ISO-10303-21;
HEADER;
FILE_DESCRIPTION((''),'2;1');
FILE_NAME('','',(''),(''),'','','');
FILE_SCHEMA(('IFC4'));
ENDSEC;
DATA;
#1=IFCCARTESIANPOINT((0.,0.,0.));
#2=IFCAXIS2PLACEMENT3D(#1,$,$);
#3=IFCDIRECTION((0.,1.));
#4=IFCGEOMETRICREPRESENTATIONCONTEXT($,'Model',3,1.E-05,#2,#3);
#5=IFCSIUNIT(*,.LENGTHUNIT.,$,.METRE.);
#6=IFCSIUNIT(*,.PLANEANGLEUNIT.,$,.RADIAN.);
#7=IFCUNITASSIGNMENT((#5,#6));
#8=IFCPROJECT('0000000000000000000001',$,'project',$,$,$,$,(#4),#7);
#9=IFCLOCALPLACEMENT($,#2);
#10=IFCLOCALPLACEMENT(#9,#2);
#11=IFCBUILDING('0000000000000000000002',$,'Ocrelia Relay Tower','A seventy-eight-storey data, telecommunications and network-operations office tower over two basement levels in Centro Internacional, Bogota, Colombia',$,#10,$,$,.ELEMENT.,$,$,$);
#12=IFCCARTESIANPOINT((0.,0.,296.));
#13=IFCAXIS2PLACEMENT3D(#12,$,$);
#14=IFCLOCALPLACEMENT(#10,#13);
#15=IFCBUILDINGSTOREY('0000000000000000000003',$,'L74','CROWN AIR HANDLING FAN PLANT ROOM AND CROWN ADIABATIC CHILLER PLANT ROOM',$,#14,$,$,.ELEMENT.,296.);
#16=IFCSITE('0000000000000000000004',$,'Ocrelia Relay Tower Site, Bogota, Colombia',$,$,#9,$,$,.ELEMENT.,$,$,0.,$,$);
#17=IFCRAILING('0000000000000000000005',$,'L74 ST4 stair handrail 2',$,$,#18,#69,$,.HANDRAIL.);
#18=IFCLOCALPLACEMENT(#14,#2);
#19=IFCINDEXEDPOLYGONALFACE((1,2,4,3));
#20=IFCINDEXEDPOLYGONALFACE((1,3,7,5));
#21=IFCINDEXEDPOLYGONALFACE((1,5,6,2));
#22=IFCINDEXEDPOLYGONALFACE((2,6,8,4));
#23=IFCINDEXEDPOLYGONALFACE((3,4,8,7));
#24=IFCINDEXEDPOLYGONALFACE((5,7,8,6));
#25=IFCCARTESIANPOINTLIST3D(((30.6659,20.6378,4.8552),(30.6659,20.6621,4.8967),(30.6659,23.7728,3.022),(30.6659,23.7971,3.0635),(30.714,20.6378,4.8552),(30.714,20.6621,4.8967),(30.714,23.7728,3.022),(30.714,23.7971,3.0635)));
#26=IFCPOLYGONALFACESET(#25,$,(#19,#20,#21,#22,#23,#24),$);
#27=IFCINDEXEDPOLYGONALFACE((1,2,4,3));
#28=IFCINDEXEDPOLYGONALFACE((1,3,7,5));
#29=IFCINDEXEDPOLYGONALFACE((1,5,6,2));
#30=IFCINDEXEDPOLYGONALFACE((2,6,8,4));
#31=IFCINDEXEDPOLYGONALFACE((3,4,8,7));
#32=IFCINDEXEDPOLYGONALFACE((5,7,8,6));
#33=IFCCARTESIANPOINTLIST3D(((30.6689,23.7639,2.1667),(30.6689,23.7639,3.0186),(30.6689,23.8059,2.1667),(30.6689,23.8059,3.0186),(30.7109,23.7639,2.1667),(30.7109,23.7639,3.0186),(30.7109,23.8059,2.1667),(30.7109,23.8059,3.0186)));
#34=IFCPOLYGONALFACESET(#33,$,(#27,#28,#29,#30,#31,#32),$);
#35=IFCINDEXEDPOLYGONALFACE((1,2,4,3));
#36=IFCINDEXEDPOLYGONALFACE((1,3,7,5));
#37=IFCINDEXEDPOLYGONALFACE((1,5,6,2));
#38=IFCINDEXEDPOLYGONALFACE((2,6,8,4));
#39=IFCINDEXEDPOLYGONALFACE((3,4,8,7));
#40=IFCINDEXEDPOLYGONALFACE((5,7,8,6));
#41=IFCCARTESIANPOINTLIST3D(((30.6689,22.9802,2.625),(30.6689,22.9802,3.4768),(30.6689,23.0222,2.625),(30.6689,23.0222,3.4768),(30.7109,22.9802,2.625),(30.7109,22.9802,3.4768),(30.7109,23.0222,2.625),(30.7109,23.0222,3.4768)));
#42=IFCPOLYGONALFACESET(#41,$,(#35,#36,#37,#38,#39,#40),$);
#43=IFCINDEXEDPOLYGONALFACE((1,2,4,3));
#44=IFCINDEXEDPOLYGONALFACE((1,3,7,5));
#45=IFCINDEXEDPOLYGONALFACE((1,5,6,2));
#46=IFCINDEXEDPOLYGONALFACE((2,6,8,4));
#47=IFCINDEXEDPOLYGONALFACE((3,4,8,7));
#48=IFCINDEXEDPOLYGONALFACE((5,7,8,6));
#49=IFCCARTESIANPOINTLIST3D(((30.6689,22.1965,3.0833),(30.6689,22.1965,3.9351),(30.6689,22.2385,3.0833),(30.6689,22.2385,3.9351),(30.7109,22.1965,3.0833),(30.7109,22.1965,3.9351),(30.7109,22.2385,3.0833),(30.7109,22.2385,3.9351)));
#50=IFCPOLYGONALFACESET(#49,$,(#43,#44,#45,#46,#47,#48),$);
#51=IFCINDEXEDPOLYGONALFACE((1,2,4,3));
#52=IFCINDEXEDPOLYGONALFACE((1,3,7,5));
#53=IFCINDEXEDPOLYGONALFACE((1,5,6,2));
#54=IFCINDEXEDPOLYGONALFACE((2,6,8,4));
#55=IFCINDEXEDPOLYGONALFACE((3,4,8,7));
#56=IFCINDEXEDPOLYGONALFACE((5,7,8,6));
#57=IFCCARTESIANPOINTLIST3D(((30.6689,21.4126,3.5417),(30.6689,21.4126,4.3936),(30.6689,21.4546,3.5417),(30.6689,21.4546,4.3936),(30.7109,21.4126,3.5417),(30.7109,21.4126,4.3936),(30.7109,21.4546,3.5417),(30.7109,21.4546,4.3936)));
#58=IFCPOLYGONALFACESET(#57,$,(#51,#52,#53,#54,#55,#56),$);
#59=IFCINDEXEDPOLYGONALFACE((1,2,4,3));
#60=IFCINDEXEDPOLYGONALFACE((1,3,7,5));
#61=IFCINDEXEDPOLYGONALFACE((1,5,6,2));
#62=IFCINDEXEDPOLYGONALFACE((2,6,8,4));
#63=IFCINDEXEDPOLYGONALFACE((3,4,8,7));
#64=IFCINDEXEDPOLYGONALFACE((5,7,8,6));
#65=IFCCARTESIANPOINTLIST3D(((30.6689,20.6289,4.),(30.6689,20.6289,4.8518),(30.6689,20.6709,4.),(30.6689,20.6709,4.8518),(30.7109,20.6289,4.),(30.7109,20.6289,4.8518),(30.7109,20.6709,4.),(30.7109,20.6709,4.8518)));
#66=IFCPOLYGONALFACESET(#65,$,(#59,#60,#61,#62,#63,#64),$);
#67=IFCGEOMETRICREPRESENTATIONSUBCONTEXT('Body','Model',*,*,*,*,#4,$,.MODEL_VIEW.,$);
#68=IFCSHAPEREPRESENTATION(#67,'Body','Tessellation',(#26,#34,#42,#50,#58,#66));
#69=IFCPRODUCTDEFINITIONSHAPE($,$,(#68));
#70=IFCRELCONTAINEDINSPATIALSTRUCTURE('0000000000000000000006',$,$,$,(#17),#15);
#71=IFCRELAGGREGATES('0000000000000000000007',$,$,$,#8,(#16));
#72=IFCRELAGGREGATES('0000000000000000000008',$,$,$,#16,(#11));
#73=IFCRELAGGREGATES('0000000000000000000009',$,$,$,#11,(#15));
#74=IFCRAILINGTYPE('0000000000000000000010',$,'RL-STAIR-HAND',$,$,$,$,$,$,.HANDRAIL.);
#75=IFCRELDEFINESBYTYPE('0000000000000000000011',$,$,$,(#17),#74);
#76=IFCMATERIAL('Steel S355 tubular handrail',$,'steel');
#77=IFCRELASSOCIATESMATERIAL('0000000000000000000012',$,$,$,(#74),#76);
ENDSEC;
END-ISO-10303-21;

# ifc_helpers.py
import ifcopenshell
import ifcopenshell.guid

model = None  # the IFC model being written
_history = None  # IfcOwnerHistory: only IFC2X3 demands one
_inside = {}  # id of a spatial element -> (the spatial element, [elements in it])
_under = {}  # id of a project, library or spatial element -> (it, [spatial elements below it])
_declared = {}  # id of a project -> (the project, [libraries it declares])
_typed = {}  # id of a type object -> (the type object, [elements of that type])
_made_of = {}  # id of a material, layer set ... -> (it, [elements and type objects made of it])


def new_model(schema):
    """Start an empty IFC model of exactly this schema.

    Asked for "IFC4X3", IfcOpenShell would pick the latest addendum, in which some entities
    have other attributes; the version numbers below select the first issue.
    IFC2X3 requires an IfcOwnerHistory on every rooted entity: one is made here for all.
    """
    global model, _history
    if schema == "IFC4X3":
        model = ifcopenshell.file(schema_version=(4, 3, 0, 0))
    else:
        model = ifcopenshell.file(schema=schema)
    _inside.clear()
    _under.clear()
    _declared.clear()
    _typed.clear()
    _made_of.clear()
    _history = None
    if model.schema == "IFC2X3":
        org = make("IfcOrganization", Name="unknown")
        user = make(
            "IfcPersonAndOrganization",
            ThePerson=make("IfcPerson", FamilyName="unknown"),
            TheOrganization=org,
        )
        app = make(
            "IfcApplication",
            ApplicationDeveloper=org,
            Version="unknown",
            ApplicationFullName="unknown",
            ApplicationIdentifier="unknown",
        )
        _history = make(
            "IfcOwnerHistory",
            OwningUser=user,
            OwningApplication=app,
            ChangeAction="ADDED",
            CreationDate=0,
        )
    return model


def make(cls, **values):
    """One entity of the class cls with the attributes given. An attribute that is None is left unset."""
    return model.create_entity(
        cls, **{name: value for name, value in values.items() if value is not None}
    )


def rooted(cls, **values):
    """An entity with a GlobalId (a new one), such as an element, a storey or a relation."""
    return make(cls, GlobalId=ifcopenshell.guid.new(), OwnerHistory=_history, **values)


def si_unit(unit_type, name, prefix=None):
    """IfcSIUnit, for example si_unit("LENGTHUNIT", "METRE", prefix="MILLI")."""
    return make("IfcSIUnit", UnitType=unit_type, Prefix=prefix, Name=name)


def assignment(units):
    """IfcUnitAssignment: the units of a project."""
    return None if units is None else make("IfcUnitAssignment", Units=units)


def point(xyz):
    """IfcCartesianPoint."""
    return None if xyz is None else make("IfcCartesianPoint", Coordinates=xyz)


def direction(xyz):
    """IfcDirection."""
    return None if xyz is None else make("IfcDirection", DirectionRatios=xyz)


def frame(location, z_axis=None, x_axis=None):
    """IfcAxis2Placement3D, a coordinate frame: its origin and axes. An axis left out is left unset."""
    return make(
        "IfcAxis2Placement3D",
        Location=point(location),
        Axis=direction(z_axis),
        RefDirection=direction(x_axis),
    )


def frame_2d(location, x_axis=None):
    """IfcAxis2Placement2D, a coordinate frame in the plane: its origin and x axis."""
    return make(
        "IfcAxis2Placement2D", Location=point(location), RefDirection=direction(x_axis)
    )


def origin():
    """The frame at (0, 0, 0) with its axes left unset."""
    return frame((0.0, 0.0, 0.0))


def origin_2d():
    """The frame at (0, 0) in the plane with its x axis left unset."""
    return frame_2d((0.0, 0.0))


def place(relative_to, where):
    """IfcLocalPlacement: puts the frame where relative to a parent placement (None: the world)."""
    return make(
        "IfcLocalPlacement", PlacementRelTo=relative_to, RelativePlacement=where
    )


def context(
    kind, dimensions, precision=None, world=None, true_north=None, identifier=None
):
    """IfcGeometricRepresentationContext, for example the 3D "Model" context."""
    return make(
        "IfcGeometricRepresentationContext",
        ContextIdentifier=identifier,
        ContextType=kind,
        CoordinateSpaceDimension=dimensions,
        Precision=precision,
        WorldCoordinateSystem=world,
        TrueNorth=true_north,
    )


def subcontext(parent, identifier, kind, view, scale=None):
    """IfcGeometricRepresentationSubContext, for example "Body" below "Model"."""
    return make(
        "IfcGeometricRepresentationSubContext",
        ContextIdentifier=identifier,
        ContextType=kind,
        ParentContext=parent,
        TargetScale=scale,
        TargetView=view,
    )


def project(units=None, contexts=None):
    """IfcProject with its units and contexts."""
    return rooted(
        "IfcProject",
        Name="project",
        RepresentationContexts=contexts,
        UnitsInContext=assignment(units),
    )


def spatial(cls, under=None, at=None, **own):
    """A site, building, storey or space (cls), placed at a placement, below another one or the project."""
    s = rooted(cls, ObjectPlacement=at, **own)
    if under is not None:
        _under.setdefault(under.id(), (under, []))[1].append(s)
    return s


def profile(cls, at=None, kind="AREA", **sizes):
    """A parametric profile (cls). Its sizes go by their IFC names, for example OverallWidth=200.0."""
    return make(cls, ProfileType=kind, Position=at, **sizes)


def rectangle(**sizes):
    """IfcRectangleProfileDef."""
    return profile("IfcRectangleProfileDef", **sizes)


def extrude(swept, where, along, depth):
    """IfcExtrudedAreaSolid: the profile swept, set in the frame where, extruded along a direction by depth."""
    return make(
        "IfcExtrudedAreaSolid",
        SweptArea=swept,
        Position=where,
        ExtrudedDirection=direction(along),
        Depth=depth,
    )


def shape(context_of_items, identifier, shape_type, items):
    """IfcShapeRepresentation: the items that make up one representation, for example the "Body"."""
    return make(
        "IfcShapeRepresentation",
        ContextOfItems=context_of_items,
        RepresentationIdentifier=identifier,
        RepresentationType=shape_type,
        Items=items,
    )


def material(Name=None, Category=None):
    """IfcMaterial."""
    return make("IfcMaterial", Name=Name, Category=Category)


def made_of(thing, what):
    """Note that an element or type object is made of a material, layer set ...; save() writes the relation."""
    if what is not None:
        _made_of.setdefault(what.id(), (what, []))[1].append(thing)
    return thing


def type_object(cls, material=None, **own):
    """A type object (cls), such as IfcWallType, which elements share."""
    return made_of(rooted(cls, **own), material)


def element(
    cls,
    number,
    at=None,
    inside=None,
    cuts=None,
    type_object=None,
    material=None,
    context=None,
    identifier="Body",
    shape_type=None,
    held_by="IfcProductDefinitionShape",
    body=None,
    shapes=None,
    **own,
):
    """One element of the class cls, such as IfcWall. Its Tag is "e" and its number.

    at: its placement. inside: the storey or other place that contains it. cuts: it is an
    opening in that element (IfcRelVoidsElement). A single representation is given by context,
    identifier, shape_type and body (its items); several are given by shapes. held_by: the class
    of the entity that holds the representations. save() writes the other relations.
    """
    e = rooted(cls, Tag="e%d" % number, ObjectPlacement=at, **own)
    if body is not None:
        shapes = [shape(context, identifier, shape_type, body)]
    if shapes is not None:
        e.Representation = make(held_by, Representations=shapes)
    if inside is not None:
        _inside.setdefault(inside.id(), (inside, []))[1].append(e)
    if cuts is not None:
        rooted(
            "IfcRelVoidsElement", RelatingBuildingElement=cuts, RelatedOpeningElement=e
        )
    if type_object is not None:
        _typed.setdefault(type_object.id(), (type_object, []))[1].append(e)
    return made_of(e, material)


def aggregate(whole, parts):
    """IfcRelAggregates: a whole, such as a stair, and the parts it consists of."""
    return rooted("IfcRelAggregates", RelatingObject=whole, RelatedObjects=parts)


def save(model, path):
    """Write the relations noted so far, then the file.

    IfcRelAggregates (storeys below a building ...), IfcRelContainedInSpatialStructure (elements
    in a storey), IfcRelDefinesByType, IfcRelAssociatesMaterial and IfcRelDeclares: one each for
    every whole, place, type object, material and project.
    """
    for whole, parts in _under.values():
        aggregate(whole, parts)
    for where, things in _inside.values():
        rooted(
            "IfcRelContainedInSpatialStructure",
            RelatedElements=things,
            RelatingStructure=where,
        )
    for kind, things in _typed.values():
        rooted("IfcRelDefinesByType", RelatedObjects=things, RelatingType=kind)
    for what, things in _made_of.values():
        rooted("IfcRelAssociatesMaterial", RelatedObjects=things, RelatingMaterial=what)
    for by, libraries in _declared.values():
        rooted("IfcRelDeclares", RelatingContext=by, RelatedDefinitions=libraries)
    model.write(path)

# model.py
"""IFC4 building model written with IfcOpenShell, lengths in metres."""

from ifc_helpers import new_model, si_unit, direction, frame, origin, origin_2d, place, context, subcontext, project, spatial, rectangle, extrude, material, type_object, element, save


model = new_model("IFC4")

# Units and contexts
model_context = context("Model", 3, precision=1e-05, world=origin(), true_north=direction((0.0, 1.0)))
body_context = subcontext(model_context, "Body", "Model", "MODEL_VIEW")
ifc_project = project(units=[si_unit("LENGTHUNIT", "METRE"), si_unit("PLANEANGLEUNIT", "RADIAN")], contexts=[model_context])

# Site, building, storey
site_placement = place(None, origin())
site = spatial("IfcSite", under=ifc_project, at=site_placement, Name="Ocrelia Relay Tower Site, Bogota, Colombia", CompositionType="ELEMENT", RefElevation=0.0)
building_placement = place(site_placement, origin())
building = spatial("IfcBuilding", under=site, at=building_placement, Name="Ocrelia Relay Tower", Description="A seventy-eight-storey data, telecommunications and network-operations office tower over two basement levels in Centro Internacional, Bogota, Colombia", CompositionType="ELEMENT")
storey_placement = place(building_placement, frame((0.0, 0.0, 296.0)))
storey = spatial("IfcBuildingStorey", under=building, at=storey_placement, Name="L74", Description="CROWN AIR HANDLING FAN PLANT ROOM AND CROWN ADIABATIC CHILLER PLANT ROOM", CompositionType="ELEMENT", Elevation=296.0)

# Railing
ifc_material_1 = material(Name="Steel S355 tubular handrail", Category="steel")
railing_type_1 = type_object("IfcRailingType", Name="RL-STAIR-HAND", PredefinedType="HANDRAIL", material=ifc_material_1)
railing_1_placement = place(storey_placement, frame((30.6899, 23.7849, 2.1667)))
element("IfcRailing", 1, at=railing_1_placement, inside=storey, type_object=railing_type_1, Name="L74 ST4 stair handrail 2", PredefinedType="HANDRAIL", context=body_context, shape_type="SweptSolid", body=[
    extrude(rectangle(XDim=0.0481, YDim=0.0481, at=origin_2d()), frame((0.0, 0.0, 0.876), z_axis=(0.0, -0.86324, 0.504794), x_axis=(1.0, 0.0, 0.0)), (0.0, 0.0, 1.0), 3.6316),
    extrude(rectangle(XDim=0.042, YDim=0.042, at=origin_2d()), origin(), (0.0, 0.0, 1.0), 0.8518),
    extrude(rectangle(XDim=0.042, YDim=0.042, at=origin_2d()), frame((0.0, -0.7837, 0.4583)), (0.0, 0.0, 1.0), 0.8518),
    extrude(rectangle(XDim=0.042, YDim=0.042, at=origin_2d()), frame((0.0, -1.5674, 0.9165)), (0.0, 0.0, 1.0), 0.8518),
    extrude(rectangle(XDim=0.042, YDim=0.042, at=origin_2d()), frame((0.0, -2.3513, 1.375)), (0.0, 0.0, 1.0), 0.8518),
    extrude(rectangle(XDim=0.042, YDim=0.042, at=origin_2d()), frame((0.0, -3.135, 1.8333)), (0.0, 0.0, 1.0), 0.8518),
])

save(model, "model.ifc")
